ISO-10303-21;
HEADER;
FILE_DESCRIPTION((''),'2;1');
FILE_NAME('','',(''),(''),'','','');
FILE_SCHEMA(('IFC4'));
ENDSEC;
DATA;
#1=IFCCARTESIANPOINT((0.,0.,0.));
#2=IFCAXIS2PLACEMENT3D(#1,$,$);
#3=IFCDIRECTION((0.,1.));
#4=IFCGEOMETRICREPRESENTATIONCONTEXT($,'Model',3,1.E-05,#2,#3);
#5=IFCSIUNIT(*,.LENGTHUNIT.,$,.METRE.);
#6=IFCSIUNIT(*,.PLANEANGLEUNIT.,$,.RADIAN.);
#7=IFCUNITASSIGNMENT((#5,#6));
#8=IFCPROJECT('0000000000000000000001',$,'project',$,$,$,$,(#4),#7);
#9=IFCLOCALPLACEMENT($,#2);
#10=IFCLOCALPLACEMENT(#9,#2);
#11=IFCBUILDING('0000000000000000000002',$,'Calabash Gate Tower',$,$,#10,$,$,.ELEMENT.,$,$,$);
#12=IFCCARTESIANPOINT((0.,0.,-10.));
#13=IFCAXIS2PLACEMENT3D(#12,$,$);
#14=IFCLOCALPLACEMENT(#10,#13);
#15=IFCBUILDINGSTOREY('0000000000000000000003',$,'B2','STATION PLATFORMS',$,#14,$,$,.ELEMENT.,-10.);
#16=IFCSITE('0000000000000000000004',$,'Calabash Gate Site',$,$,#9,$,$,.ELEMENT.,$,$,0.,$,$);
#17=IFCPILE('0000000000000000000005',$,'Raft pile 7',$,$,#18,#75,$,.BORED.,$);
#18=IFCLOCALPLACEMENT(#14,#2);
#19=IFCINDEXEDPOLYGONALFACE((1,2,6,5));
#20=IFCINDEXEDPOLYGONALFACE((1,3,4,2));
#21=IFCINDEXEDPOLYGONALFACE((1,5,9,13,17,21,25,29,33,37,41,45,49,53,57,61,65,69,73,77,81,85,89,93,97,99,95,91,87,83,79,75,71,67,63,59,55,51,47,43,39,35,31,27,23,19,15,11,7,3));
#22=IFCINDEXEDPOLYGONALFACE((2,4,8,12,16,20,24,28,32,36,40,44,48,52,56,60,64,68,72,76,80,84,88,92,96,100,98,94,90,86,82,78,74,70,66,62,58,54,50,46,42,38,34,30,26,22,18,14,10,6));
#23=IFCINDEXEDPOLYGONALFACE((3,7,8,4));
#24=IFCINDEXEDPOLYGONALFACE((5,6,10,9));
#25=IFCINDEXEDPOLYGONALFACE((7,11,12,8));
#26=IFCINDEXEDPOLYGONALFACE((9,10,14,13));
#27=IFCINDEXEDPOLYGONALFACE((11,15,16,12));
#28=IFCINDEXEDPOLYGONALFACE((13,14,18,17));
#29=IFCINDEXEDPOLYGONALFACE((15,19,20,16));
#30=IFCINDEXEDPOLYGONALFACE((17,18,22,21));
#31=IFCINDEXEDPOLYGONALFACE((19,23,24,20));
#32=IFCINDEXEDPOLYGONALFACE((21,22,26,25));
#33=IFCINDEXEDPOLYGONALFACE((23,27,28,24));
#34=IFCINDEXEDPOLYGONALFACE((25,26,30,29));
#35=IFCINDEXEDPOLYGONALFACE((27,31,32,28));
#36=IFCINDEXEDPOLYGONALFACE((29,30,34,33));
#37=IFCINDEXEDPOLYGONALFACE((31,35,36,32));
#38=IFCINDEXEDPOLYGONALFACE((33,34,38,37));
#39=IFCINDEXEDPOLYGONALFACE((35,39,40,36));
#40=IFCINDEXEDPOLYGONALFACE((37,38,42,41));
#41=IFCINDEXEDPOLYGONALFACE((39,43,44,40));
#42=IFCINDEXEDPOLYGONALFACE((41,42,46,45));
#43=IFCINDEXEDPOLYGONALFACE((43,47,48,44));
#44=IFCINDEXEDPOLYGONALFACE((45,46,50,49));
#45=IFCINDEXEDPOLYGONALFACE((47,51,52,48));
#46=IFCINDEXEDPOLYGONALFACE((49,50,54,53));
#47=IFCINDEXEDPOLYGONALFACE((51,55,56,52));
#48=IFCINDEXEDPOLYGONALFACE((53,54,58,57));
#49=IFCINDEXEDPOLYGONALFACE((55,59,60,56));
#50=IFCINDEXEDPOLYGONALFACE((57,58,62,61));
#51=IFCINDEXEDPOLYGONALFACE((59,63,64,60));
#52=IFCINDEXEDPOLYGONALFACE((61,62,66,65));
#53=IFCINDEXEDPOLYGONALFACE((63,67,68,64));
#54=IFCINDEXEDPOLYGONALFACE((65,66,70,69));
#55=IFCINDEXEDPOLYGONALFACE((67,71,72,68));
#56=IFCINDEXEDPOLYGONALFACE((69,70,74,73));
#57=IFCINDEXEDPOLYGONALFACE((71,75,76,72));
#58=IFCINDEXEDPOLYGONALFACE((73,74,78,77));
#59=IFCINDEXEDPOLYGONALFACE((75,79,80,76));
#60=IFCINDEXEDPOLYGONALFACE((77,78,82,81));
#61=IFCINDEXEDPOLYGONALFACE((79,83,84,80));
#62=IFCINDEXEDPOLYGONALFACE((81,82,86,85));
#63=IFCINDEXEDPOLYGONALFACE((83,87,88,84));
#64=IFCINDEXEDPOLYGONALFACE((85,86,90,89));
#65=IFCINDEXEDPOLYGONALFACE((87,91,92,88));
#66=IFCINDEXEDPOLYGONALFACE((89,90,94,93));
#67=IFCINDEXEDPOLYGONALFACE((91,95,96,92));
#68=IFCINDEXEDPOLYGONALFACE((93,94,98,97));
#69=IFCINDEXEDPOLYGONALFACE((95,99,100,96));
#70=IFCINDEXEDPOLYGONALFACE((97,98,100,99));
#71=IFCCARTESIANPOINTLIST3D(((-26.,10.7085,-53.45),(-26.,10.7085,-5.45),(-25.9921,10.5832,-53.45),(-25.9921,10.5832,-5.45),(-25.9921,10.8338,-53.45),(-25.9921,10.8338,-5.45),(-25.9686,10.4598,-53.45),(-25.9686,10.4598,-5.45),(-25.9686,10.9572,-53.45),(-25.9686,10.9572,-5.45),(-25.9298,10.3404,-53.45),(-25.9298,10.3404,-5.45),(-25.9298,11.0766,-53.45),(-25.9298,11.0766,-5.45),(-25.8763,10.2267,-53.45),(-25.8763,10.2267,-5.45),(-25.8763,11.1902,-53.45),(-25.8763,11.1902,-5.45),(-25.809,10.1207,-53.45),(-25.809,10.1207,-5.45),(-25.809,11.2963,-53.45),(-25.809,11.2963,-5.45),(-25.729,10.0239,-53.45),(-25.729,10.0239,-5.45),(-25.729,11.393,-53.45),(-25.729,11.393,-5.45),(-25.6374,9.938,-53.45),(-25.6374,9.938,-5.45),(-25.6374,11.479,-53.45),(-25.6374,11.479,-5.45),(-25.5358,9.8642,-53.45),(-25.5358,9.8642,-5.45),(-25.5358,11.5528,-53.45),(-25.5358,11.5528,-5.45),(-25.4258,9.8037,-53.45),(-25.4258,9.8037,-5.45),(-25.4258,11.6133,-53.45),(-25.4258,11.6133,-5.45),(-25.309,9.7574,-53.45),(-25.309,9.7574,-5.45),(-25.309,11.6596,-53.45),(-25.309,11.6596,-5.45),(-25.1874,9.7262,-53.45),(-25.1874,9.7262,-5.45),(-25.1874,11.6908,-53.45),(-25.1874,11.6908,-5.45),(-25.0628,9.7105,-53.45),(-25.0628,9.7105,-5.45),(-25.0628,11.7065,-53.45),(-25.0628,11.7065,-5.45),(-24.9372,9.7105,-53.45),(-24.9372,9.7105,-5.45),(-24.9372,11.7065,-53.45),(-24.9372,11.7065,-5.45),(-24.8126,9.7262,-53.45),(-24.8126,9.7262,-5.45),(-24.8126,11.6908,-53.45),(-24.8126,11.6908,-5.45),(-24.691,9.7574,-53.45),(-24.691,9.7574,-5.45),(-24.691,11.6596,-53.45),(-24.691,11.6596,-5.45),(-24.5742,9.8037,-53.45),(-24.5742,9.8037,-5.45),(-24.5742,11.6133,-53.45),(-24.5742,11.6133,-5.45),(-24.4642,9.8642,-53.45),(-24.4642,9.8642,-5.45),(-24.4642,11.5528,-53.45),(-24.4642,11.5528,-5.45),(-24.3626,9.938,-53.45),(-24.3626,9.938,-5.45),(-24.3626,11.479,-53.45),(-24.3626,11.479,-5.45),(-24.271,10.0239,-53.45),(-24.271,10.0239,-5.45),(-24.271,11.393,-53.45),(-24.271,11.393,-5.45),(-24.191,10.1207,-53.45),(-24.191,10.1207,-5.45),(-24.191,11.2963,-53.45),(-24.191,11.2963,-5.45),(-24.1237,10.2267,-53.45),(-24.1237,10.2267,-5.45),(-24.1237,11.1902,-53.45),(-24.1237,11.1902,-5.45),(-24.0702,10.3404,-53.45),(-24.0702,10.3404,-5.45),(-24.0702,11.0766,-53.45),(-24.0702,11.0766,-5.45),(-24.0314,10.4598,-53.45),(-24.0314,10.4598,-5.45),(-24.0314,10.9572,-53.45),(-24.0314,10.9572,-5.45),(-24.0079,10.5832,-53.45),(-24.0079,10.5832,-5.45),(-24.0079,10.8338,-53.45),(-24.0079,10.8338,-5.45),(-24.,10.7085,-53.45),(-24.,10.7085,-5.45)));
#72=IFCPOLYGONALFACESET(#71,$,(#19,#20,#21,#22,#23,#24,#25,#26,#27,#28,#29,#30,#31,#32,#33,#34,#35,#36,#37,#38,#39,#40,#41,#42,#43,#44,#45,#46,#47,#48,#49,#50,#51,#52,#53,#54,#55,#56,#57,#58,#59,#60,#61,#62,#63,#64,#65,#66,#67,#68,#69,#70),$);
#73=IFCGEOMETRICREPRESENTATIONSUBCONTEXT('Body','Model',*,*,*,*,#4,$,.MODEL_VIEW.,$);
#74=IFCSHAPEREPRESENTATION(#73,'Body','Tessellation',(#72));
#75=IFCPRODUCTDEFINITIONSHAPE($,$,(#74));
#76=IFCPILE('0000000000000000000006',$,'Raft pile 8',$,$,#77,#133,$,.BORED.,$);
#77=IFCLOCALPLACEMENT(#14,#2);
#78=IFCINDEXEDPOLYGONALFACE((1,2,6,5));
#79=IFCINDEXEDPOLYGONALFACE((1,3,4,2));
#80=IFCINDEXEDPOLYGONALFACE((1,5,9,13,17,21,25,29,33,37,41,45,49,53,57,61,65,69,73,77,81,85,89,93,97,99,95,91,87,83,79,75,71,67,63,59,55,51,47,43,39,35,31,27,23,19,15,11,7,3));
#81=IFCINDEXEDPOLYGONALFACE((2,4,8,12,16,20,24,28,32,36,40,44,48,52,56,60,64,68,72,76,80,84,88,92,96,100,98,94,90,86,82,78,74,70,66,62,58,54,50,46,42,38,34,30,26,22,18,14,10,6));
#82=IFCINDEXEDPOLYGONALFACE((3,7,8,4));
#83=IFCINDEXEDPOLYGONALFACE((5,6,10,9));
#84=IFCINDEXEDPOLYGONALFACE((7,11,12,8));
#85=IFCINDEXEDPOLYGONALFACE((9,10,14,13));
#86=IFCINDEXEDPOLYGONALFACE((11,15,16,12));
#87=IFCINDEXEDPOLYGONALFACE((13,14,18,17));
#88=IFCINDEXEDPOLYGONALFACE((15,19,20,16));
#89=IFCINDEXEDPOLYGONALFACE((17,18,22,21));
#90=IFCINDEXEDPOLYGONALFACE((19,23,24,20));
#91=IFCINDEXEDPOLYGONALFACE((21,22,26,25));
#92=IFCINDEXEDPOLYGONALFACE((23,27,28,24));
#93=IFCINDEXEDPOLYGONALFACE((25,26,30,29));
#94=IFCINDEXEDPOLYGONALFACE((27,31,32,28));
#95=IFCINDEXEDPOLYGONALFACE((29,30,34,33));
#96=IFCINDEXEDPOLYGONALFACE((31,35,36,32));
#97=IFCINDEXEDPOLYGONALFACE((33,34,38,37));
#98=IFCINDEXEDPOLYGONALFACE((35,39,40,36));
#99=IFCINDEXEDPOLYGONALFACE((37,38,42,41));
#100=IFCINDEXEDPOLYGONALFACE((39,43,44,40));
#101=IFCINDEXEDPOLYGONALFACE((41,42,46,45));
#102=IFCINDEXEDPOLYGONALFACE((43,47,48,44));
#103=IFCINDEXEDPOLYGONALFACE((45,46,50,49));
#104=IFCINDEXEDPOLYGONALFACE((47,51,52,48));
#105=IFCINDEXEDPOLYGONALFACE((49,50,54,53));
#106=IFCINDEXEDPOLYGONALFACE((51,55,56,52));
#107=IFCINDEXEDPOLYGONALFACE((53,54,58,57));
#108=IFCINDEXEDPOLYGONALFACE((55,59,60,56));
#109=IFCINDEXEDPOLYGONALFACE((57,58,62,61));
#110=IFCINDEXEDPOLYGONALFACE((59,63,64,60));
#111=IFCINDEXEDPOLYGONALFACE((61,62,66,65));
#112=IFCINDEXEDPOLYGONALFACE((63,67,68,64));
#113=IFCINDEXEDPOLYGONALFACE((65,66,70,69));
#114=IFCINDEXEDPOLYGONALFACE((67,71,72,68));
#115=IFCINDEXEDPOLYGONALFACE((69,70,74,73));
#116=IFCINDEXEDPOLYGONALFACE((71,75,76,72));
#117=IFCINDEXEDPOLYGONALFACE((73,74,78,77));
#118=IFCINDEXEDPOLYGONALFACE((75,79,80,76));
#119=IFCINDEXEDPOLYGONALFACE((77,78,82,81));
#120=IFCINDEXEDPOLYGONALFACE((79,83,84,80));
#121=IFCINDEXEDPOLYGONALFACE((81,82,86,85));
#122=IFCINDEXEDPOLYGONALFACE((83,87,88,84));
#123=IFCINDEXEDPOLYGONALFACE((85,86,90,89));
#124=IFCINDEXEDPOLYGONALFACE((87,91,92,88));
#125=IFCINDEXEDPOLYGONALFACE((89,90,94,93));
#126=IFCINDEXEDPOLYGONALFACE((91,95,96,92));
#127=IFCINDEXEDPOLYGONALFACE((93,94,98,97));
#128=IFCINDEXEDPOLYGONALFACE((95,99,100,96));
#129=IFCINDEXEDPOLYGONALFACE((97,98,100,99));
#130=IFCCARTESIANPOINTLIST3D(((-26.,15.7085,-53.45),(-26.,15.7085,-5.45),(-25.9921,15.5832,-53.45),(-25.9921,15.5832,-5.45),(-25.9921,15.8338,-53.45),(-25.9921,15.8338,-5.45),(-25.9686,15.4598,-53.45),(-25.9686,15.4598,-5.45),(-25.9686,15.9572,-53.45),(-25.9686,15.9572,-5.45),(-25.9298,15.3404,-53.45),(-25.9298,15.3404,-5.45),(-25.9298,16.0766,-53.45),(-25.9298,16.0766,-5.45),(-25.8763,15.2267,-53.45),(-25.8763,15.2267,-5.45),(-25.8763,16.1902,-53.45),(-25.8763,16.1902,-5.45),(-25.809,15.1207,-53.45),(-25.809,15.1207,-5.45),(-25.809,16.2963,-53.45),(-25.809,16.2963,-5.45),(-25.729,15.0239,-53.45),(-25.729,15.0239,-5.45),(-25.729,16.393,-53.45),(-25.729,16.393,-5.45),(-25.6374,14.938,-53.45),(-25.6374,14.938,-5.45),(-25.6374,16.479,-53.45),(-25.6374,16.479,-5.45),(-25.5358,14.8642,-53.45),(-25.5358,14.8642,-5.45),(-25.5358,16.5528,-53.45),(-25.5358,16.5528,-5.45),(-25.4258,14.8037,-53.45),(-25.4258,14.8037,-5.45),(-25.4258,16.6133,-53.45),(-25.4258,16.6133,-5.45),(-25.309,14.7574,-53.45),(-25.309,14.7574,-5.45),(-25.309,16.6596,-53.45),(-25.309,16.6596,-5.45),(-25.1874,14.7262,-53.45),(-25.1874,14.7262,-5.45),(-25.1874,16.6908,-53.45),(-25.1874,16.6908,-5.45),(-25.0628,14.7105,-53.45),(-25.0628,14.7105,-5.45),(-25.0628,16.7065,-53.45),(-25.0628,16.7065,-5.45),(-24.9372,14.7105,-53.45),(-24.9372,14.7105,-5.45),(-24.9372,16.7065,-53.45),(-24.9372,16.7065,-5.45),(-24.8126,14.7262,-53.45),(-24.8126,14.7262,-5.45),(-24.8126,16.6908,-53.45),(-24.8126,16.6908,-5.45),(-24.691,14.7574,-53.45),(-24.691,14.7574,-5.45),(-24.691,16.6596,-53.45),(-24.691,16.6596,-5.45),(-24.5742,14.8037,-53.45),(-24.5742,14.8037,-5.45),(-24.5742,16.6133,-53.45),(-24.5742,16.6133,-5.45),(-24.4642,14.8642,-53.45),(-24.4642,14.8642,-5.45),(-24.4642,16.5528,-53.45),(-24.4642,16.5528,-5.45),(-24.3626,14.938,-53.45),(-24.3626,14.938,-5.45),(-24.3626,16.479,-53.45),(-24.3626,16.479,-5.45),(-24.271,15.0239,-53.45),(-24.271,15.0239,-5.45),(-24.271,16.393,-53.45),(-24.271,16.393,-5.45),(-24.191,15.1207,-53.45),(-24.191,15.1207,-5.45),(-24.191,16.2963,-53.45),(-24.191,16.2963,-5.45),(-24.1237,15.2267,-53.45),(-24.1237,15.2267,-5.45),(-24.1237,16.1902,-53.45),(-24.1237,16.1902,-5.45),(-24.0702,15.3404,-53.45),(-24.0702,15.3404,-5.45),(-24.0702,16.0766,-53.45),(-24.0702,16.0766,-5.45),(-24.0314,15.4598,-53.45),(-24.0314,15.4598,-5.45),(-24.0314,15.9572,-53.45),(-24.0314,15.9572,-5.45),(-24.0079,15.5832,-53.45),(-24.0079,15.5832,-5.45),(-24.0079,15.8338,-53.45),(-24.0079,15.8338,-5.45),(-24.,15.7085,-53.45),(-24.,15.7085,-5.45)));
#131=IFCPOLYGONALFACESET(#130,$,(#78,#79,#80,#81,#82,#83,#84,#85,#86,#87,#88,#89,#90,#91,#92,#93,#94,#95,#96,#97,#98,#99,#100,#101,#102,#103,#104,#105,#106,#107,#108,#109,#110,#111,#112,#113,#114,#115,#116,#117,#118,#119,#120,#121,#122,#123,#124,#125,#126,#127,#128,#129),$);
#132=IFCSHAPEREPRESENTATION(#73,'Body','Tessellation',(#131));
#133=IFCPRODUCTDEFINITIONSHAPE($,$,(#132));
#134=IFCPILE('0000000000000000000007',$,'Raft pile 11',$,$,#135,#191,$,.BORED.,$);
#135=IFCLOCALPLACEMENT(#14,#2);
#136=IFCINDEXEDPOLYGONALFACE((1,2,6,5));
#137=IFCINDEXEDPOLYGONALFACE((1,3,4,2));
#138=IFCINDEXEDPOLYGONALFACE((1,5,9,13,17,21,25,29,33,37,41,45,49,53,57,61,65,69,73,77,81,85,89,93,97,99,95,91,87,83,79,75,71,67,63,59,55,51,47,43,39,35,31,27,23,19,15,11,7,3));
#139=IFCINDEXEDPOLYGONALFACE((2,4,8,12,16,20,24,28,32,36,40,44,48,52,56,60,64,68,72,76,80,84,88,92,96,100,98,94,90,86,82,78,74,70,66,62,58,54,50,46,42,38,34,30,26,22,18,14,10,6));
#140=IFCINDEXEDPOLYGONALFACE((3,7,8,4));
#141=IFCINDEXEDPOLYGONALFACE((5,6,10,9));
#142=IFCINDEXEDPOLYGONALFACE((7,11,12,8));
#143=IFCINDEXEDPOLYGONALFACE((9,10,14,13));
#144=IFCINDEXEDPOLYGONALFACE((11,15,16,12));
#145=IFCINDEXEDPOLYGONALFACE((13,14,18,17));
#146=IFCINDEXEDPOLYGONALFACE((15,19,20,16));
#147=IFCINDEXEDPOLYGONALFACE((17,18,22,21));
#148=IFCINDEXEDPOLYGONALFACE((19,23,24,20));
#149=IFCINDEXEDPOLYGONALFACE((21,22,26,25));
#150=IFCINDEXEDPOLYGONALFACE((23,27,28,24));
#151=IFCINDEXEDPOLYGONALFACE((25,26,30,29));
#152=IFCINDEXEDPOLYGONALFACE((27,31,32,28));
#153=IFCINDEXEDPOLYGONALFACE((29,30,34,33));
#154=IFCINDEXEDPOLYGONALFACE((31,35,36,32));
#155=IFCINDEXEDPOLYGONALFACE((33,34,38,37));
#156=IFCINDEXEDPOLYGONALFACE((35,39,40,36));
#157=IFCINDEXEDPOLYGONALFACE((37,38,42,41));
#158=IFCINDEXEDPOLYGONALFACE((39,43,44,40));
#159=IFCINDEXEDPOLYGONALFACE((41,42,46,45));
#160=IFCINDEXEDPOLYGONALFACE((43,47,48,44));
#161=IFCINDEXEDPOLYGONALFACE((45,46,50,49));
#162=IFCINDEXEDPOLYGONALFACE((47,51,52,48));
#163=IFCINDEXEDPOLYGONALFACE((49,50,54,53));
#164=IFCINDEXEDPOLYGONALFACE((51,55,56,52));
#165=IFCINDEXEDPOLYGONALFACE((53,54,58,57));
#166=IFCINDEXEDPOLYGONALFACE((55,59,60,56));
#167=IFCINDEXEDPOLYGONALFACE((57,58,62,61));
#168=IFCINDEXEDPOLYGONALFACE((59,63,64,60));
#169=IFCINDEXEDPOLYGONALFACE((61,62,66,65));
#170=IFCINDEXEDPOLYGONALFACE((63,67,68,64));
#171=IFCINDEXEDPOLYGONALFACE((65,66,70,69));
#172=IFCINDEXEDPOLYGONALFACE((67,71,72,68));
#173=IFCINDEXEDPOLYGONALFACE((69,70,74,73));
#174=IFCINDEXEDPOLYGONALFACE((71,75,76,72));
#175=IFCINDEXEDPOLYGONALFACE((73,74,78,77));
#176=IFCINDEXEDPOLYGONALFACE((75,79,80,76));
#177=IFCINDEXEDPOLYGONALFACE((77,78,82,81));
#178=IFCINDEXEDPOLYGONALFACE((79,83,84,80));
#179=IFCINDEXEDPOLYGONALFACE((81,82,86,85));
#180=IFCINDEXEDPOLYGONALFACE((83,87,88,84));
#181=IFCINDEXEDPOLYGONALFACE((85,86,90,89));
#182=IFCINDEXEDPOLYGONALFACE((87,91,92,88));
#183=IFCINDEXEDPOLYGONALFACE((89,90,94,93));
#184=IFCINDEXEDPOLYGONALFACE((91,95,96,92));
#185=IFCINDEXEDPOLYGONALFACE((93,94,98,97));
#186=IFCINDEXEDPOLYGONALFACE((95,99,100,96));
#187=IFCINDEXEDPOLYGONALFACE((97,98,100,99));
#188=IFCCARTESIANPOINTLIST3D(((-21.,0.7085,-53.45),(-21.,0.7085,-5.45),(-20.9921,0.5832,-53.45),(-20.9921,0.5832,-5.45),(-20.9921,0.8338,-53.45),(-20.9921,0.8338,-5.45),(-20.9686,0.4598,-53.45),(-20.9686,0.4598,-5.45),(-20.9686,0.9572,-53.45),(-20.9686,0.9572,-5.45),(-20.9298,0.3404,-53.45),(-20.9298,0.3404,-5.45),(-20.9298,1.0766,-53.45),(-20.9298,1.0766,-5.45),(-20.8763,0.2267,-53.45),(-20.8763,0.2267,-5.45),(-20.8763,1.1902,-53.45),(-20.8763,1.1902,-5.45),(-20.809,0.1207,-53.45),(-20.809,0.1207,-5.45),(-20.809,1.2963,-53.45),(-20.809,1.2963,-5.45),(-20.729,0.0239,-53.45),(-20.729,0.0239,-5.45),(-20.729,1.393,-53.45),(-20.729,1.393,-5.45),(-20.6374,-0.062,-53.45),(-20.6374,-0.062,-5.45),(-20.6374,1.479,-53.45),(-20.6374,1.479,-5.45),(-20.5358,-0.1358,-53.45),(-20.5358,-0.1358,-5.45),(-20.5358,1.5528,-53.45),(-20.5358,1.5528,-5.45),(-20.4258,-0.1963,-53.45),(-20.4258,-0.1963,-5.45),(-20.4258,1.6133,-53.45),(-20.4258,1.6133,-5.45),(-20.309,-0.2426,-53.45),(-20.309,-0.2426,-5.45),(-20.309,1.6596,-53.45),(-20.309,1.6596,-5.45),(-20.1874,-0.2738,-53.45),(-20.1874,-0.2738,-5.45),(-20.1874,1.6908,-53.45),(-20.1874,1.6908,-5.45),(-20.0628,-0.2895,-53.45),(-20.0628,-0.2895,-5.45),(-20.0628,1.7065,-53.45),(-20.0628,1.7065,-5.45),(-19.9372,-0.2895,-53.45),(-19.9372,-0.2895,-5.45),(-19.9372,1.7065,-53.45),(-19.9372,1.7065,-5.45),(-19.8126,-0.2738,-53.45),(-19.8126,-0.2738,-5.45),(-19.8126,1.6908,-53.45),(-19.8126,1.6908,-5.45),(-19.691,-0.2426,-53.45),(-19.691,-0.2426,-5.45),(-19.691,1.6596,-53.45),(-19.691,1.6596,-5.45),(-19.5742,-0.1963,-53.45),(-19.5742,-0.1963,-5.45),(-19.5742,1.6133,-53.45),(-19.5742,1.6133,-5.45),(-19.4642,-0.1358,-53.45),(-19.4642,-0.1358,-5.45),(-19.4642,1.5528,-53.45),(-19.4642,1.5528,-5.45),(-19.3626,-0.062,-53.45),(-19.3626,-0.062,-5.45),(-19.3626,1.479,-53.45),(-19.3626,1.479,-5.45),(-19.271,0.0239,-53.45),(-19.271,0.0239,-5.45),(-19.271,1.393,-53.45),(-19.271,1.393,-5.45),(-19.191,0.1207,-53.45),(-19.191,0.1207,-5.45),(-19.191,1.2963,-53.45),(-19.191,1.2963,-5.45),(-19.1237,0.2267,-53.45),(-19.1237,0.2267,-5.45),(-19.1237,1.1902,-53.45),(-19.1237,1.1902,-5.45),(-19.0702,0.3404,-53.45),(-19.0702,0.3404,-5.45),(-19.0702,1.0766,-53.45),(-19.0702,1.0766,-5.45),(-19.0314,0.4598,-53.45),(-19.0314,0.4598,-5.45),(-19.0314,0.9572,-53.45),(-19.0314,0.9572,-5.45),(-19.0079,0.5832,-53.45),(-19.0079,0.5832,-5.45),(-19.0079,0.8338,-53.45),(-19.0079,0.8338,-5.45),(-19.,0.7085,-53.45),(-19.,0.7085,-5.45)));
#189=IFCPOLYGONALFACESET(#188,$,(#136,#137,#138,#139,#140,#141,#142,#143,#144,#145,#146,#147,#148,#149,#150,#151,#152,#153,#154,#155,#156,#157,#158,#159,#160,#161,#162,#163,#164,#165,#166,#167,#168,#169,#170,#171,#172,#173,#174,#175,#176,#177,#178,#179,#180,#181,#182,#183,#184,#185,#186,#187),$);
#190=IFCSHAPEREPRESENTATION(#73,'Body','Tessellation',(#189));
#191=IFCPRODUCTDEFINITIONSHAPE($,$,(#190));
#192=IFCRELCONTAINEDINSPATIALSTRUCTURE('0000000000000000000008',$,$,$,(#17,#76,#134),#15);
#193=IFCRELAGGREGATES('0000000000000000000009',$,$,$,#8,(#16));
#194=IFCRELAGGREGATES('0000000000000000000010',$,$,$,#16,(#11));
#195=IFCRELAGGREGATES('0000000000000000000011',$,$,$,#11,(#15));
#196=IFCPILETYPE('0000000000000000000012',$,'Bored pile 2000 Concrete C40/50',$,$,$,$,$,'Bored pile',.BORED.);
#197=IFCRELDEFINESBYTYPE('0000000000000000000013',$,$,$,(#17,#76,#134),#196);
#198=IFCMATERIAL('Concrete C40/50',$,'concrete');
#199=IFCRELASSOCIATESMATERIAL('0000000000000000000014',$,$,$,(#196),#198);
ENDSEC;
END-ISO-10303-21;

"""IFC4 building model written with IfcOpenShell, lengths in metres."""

from ifc_helpers import new_model, si_unit, direction, frame, origin, origin_2d, place, context, subcontext, project, spatial, circle, extrude, material, material_profile, profile_set, type_object, element, save


model = new_model("IFC4")

# Units and contexts
model_context = context("Model", 3, precision=1e-05, world=origin(), true_north=direction((0.0, 1.0)))
body_context = subcontext(model_context, "Body", "Model", "MODEL_VIEW")
ifc_project = project(units=[si_unit("LENGTHUNIT", "METRE"), si_unit("PLANEANGLEUNIT", "RADIAN")], contexts=[model_context])

# Site, building, storey
site_placement = place(None, origin())
site = spatial("IfcSite", under=ifc_project, at=site_placement, Name="Calabash Gate Site", CompositionType="ELEMENT", RefElevation=0.0)
building_placement = place(site_placement, origin())
building = spatial("IfcBuilding", under=site, at=building_placement, Name="Calabash Gate Tower", CompositionType="ELEMENT")
storey_placement = place(building_placement, frame((0.0, 0.0, -10.0)))
storey = spatial("IfcBuildingStorey", under=building, at=storey_placement, Name="B2", Description="STATION PLATFORMS", CompositionType="ELEMENT", Elevation=-10.0)

# Piles
ifc_material_1 = material(Name="Concrete C40/50", Category="concrete")
ifc_material_profile_1 = material_profile(ifc_material_1, circle(Radius=1.0, at=origin_2d()))
ifc_profile_set_1 = profile_set([ifc_material_profile_1], Name="Concrete C40/50")
pile_type = type_object("IfcPileType", Name="Bored pile 2000 Concrete C40/50", ElementType="Bored pile", PredefinedType="BORED", material=ifc_profile_set_1)
for number, where, z_axis, x_axis, name in (
    (1, (-25.0, 10.7085, -5.45), (0.0, 0.0, -1.0), (1.0, 0.0, 0.0), "Raft pile 7"),
    (2, (-25.0, 15.7085, -5.45), (0.0, 0.0, -1.0), (1.0, 0.0, 0.0), "Raft pile 8"),
    (3, (-20.0, 0.7085, -5.45), (0.0, 0.0, -1.0), (1.0, 0.0, 0.0), "Raft pile 11"),
):
    element("IfcPile", number, at=place(storey_placement, frame(where, z_axis=z_axis, x_axis=x_axis)), inside=storey, type_object=pile_type, Name=name, PredefinedType="BORED", context=body_context, shape_type="SweptSolid", body=[
        extrude(circle(Radius=1.0, at=origin_2d()), origin(), (0.0, 0.0, 1.0), 48.0),
    ])

save(model, "model.ifc")
